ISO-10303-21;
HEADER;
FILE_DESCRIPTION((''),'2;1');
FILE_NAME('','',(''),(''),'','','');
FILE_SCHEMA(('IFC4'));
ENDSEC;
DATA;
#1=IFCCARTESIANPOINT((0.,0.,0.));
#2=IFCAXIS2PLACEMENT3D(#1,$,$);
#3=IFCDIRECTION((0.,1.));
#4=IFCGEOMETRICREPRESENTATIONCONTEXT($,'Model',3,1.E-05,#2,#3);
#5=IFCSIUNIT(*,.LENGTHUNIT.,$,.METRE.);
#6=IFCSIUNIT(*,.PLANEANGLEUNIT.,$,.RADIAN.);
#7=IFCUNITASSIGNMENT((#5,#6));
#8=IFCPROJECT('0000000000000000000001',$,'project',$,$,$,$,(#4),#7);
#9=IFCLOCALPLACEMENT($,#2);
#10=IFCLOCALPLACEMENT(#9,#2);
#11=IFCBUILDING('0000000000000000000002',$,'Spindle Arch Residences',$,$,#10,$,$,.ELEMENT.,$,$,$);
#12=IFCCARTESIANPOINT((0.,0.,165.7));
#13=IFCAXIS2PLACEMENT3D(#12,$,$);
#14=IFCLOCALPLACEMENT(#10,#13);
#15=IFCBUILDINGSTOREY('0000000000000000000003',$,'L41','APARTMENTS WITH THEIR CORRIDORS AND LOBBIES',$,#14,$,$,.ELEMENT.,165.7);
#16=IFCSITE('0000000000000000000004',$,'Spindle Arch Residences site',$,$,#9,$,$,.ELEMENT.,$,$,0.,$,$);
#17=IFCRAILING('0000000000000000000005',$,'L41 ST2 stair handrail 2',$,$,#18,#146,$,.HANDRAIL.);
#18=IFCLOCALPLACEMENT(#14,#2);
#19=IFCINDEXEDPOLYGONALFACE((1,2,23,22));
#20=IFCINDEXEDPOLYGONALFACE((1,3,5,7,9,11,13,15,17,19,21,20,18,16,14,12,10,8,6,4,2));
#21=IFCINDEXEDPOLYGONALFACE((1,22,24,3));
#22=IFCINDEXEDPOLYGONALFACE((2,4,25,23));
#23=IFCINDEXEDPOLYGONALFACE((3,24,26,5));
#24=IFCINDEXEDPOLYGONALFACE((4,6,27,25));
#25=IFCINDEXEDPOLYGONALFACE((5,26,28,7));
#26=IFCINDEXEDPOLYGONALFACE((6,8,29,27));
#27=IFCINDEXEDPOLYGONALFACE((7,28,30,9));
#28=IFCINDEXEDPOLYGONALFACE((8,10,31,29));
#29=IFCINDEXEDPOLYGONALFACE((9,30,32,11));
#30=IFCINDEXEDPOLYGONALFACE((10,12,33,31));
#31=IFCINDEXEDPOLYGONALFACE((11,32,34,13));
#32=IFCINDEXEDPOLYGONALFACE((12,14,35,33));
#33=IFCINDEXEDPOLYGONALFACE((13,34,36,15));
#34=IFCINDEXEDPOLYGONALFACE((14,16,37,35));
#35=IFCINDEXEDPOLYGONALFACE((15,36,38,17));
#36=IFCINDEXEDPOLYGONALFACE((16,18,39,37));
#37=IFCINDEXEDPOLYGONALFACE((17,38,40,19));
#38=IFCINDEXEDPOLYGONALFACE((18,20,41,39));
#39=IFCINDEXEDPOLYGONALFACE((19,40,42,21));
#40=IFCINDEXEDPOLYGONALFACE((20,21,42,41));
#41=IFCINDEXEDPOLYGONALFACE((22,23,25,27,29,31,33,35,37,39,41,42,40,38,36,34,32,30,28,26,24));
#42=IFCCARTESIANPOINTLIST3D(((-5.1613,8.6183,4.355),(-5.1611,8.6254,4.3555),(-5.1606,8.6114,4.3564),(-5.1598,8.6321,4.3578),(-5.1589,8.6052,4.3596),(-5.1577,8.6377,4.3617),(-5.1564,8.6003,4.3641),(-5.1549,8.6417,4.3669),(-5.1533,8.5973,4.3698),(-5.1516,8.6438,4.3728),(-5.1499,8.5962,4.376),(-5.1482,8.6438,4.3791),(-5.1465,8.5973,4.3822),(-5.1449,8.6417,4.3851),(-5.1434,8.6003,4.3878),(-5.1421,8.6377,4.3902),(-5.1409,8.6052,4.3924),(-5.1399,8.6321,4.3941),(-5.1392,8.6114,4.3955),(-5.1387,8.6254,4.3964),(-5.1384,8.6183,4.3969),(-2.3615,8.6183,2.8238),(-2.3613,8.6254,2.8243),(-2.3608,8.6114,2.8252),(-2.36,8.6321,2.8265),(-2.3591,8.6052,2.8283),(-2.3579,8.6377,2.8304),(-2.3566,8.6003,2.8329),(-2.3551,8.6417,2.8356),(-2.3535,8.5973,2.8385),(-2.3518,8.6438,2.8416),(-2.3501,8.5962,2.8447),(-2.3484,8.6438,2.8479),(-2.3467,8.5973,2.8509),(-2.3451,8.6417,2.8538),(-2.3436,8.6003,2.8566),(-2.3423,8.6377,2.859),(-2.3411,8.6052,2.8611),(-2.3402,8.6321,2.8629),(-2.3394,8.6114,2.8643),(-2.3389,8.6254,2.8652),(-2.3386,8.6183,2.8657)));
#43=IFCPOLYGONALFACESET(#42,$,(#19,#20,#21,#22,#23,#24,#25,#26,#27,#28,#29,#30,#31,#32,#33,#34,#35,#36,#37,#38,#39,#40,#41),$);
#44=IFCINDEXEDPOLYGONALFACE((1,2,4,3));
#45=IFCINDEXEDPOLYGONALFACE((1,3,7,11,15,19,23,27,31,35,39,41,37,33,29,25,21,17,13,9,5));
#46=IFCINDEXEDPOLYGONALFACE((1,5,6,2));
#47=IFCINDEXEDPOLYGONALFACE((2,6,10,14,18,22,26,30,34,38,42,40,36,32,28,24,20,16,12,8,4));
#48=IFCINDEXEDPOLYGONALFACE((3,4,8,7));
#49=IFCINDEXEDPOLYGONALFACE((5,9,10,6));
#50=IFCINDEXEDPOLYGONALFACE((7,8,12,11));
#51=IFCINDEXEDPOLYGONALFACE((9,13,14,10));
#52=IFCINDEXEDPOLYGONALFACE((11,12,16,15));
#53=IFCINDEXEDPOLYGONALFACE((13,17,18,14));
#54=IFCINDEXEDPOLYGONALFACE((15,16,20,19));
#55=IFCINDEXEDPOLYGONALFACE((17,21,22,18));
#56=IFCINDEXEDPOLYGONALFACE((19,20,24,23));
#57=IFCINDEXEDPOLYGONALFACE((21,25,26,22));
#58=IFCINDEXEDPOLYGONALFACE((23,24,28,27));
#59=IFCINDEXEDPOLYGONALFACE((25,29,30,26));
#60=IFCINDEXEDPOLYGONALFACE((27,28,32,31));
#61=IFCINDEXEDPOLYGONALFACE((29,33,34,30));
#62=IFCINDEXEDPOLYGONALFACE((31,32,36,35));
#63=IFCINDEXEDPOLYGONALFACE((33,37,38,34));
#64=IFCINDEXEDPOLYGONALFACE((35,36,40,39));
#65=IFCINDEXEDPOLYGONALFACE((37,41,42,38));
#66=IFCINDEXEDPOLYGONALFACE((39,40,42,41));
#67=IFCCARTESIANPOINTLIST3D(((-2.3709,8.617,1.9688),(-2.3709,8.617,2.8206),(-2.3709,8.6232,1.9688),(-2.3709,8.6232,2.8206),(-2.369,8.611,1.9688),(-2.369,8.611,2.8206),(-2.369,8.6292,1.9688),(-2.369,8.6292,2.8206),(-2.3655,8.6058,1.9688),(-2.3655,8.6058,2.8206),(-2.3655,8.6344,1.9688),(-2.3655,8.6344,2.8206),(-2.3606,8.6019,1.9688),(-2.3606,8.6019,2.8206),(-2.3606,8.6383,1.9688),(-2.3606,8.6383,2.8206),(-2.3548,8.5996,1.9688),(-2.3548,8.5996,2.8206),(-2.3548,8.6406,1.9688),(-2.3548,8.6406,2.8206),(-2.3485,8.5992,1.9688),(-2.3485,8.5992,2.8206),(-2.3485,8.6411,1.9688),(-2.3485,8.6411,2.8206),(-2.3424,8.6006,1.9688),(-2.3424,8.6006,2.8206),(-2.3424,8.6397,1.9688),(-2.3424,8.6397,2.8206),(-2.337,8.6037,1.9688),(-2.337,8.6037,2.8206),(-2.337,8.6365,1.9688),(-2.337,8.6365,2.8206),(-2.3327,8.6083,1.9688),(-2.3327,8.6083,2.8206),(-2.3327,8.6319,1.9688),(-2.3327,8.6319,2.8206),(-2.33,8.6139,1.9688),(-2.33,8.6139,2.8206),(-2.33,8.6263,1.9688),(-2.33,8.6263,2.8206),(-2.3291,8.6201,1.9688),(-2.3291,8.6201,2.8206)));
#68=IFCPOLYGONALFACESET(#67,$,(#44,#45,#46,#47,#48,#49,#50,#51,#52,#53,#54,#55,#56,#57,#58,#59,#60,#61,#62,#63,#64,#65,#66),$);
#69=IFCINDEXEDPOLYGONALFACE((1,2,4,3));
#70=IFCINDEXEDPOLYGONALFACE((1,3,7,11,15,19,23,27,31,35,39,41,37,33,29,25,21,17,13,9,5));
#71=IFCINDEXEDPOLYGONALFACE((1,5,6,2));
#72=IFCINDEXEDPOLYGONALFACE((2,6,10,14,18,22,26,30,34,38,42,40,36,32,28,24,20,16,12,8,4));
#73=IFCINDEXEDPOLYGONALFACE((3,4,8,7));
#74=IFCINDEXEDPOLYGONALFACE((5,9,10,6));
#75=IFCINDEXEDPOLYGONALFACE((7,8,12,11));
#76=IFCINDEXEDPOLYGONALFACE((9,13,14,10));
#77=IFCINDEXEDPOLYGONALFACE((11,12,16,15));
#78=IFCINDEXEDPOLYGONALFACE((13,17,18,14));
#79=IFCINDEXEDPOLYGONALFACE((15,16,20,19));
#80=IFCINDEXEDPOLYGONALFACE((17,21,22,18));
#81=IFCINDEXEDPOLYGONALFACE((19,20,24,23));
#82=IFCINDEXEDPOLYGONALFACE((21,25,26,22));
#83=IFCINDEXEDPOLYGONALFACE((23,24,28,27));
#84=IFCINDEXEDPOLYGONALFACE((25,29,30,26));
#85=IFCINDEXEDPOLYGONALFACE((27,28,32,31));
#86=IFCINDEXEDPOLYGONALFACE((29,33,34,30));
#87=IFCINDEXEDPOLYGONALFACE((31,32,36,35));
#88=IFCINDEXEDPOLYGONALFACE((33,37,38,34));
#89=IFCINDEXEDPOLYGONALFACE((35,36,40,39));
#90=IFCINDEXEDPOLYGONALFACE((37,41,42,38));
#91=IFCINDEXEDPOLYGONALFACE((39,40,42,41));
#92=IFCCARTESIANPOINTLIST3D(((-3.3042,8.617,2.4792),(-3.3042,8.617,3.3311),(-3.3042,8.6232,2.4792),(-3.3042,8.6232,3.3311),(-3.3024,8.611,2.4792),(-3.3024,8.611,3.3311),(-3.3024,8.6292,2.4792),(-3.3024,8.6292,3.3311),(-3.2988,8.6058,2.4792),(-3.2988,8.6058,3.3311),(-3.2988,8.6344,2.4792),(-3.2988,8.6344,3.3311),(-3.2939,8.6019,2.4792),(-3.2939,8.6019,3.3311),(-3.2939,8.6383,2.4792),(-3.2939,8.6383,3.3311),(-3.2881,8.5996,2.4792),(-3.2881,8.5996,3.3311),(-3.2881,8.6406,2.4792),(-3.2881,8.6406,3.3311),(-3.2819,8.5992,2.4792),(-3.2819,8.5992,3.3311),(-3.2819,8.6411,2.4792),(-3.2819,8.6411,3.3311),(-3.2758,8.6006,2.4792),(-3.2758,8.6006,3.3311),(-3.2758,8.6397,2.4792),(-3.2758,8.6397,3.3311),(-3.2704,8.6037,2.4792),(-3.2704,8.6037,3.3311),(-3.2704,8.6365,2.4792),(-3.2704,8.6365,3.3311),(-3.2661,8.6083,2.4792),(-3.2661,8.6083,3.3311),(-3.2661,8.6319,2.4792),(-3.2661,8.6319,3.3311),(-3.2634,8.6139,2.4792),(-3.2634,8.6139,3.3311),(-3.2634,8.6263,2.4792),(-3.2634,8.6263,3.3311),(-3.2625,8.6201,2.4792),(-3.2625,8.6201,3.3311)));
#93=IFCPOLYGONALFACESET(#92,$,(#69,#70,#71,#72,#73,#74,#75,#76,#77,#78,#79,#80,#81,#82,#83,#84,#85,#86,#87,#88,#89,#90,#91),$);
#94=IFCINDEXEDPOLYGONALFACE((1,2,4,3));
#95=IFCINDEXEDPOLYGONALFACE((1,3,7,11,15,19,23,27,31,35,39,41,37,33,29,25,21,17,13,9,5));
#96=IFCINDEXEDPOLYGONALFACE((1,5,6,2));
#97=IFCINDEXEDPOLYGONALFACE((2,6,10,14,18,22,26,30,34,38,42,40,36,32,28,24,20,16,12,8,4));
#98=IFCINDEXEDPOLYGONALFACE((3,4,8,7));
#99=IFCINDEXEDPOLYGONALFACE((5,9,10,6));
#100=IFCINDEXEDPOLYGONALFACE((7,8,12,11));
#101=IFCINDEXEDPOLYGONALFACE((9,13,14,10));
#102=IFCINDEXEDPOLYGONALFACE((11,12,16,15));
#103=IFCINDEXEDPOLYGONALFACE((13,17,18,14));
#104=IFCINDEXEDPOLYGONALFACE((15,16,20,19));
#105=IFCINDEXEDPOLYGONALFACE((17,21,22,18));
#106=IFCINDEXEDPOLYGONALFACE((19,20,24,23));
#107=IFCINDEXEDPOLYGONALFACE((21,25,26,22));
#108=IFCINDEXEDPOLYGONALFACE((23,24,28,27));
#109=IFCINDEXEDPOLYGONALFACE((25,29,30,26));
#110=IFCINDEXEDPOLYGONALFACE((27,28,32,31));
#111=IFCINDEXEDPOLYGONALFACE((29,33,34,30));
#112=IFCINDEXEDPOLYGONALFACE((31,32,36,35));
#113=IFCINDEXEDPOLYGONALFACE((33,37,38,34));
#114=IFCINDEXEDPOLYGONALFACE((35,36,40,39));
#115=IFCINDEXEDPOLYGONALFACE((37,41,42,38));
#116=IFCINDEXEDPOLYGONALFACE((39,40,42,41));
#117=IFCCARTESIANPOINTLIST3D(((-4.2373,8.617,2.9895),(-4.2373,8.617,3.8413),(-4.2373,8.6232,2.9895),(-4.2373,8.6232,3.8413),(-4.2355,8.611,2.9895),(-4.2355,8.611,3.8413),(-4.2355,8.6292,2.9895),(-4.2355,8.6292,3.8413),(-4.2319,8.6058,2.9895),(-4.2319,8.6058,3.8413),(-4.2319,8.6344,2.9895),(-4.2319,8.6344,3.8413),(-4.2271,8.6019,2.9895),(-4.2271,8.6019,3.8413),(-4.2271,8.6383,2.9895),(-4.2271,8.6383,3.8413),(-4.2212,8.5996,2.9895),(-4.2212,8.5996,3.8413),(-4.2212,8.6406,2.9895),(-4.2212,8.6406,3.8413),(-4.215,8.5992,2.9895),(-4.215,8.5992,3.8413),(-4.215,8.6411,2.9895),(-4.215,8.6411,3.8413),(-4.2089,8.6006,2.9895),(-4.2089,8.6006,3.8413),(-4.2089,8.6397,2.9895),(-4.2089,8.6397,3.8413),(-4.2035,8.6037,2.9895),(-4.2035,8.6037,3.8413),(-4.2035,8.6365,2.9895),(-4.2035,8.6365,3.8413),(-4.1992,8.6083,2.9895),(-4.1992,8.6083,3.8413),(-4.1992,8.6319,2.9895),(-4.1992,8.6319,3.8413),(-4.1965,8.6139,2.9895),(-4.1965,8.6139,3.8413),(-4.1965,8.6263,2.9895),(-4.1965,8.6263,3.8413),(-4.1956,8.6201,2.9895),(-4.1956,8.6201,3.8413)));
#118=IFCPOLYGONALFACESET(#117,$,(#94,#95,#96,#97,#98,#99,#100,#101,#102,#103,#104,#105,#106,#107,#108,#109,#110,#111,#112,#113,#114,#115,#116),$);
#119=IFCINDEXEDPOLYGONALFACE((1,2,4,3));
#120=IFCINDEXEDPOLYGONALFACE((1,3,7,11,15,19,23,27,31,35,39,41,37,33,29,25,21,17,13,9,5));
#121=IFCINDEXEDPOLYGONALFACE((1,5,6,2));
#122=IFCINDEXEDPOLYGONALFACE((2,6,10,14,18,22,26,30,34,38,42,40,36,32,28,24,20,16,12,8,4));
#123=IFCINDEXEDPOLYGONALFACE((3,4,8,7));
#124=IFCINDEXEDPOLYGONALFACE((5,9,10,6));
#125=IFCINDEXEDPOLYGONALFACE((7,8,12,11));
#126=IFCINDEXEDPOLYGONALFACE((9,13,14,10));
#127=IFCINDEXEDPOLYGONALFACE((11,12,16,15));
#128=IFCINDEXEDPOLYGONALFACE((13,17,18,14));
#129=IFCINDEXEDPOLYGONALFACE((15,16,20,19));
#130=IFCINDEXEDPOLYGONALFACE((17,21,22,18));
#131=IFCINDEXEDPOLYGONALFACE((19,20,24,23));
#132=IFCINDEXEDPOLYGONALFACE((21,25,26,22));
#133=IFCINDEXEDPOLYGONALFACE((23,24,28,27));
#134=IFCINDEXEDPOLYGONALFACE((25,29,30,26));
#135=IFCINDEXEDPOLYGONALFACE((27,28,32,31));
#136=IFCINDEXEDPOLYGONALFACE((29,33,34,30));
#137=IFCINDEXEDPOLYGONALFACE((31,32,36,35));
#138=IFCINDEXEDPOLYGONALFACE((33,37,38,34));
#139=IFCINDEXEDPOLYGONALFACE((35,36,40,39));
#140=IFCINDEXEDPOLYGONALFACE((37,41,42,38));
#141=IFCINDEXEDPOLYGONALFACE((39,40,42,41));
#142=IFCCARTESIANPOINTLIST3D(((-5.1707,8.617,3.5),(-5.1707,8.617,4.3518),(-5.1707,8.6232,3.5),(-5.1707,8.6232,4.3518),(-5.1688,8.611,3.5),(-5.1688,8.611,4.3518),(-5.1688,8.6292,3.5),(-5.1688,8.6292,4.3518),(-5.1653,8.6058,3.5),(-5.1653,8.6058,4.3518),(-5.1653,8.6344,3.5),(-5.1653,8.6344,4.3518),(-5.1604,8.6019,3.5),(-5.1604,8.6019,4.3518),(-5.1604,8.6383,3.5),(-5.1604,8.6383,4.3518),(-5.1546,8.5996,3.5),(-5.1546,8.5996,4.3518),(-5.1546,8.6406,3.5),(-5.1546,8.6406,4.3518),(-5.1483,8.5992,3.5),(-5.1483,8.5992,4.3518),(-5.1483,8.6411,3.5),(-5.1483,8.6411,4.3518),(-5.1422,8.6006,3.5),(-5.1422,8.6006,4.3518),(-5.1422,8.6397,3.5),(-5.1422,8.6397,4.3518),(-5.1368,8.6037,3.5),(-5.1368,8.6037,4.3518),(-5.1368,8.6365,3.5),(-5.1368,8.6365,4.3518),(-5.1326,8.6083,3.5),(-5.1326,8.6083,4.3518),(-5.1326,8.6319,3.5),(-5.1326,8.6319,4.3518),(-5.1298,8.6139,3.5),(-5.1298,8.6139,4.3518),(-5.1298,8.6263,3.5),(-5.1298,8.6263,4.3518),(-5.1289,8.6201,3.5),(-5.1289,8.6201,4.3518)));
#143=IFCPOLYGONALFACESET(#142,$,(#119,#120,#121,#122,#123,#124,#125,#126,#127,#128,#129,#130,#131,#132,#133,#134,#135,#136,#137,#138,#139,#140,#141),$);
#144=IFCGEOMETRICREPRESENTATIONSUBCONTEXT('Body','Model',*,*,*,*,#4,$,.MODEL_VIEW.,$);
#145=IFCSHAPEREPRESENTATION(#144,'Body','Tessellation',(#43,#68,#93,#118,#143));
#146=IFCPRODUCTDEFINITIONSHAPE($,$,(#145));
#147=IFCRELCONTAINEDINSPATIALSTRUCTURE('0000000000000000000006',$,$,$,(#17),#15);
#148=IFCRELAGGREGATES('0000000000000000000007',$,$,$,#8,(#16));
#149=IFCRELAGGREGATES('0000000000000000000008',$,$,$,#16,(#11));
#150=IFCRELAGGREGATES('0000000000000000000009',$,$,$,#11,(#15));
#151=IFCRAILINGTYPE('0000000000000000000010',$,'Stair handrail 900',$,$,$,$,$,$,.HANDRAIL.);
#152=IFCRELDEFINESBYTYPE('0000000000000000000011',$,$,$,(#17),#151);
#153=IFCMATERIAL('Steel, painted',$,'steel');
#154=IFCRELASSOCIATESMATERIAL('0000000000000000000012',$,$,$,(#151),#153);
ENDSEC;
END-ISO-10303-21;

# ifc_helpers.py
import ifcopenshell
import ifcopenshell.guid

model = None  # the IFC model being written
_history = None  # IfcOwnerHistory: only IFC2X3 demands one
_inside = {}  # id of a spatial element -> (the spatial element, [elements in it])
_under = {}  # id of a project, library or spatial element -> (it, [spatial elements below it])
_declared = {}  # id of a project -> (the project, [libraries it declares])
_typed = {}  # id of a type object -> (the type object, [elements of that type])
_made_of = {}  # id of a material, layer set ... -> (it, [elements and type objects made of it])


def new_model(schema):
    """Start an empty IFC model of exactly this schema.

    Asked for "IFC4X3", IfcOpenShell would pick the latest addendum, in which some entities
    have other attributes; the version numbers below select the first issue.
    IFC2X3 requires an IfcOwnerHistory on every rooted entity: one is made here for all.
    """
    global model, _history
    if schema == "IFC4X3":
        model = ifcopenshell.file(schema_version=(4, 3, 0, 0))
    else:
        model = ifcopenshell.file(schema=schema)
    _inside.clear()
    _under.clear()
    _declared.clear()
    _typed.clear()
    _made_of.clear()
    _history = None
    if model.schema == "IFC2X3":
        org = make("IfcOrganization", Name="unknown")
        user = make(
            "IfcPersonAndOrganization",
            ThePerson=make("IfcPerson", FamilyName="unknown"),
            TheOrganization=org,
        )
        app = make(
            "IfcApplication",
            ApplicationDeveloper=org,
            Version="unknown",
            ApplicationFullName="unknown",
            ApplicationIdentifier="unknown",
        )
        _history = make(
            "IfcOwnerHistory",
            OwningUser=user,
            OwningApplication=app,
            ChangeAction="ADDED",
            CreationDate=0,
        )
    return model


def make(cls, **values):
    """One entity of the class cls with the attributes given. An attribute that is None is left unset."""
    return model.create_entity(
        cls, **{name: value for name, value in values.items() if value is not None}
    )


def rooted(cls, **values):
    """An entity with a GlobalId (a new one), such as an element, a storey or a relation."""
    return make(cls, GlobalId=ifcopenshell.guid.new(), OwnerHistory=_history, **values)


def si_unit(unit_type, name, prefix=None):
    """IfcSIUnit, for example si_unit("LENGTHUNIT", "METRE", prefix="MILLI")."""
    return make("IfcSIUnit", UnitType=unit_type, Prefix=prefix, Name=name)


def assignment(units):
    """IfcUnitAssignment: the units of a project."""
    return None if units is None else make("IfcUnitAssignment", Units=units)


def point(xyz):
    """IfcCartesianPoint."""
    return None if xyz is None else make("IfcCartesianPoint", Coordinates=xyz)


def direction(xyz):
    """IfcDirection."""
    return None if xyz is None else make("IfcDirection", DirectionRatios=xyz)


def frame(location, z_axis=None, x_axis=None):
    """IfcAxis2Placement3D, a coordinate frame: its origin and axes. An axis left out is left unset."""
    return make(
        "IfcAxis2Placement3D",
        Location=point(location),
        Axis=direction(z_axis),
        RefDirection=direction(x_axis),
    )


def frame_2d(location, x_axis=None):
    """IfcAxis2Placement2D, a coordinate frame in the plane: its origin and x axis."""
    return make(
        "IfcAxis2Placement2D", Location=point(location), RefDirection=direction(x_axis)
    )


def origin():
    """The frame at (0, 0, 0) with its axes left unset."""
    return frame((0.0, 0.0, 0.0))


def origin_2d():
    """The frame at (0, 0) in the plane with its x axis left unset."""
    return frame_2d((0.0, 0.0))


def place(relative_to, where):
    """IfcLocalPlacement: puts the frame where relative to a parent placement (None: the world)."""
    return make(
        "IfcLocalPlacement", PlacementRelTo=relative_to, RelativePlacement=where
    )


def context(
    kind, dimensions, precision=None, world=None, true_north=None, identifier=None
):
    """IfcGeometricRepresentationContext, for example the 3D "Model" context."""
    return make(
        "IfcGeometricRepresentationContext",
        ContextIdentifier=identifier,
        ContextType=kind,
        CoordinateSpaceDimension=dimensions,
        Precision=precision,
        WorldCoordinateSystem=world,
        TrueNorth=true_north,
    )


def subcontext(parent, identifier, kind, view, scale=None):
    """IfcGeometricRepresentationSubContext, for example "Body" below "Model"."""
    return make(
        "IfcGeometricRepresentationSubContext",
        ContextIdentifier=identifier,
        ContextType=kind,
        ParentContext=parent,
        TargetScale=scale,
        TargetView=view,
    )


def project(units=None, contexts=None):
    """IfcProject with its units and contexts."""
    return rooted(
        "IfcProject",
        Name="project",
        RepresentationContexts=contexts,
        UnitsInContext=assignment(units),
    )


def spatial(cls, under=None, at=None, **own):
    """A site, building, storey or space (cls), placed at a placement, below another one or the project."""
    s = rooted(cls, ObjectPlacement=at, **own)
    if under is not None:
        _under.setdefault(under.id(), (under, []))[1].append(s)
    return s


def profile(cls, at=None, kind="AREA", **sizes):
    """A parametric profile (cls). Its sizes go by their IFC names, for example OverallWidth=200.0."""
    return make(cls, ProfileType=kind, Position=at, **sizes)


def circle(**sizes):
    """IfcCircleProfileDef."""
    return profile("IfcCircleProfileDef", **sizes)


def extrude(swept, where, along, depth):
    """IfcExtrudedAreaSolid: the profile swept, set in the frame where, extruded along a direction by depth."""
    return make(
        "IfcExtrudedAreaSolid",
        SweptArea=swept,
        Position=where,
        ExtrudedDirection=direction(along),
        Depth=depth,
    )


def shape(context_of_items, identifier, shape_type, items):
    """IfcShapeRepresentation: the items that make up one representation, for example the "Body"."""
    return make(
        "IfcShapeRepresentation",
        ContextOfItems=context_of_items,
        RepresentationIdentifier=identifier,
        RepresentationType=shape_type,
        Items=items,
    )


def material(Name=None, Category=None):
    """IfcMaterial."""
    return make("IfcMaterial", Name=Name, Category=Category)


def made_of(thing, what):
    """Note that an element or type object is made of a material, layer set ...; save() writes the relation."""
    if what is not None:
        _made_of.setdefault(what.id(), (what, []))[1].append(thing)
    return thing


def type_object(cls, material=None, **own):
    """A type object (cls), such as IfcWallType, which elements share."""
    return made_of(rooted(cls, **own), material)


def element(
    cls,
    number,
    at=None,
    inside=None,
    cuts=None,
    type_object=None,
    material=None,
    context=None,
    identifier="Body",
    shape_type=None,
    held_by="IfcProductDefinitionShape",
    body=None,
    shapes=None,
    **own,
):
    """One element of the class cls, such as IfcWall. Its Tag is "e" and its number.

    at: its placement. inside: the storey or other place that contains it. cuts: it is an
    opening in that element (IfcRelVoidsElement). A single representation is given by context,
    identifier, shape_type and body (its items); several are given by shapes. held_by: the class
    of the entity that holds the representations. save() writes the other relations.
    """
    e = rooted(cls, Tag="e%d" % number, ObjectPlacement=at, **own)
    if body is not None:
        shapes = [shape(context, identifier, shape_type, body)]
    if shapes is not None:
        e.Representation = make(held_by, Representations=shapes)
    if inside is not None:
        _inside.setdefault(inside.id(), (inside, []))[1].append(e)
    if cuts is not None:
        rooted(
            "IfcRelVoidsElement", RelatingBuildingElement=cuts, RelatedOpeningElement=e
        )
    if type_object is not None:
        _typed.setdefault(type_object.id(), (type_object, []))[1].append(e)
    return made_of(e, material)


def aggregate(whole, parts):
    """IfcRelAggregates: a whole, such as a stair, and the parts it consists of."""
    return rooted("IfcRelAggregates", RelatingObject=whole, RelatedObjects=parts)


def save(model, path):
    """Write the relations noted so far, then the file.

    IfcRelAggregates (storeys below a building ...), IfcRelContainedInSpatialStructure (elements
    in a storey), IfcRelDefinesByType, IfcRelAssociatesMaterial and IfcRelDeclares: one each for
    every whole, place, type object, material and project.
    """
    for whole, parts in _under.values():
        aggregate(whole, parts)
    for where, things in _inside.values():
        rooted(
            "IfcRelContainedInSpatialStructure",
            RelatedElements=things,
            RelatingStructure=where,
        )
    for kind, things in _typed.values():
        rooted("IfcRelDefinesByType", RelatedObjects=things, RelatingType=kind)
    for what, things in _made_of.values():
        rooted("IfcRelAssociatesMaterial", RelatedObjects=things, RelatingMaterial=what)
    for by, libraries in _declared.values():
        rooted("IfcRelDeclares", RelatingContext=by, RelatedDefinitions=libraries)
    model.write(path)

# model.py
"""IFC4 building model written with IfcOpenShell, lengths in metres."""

from ifc_helpers import new_model, si_unit, direction, frame, origin, origin_2d, place, context, subcontext, project, spatial, circle, extrude, material, type_object, element, save


model = new_model("IFC4")

# Units and contexts
model_context = context("Model", 3, precision=1e-05, world=origin(), true_north=direction((0.0, 1.0)))
body_context = subcontext(model_context, "Body", "Model", "MODEL_VIEW")
ifc_project = project(units=[si_unit("LENGTHUNIT", "METRE"), si_unit("PLANEANGLEUNIT", "RADIAN")], contexts=[model_context])

# Site, building, storey
site_placement = place(None, origin())
site = spatial("IfcSite", under=ifc_project, at=site_placement, Name="Spindle Arch Residences site", CompositionType="ELEMENT", RefElevation=0.0)
building_placement = place(site_placement, origin())
building = spatial("IfcBuilding", under=site, at=building_placement, Name="Spindle Arch Residences", CompositionType="ELEMENT")
storey_placement = place(building_placement, frame((0.0, 0.0, 165.7)))
storey = spatial("IfcBuildingStorey", under=building, at=storey_placement, Name="L41", Description="APARTMENTS WITH THEIR CORRIDORS AND LOBBIES", CompositionType="ELEMENT", Elevation=165.7)

# Railing
ifc_material_1 = material(Name="Steel, painted", Category="steel")
railing_type_1 = type_object("IfcRailingType", Name="Stair handrail 900", PredefinedType="HANDRAIL", material=ifc_material_1)
railing_1_placement = place(storey_placement, frame((-2.3501, 8.6201, 1.9688)))
element("IfcRailing", 1, at=railing_1_placement, inside=storey, type_object=railing_type_1, Name="L41 ST2 stair handrail 2", PredefinedType="HANDRAIL", context=body_context, shape_type="SweptSolid", body=[
    extrude(circle(Radius=0.0239, at=origin_2d()), frame((0.0, 0.0, 0.876), z_axis=(-0.877357, 0.0, 0.479838), x_axis=(0.0, -1.0, 0.0)), (0.0, 0.0, 1.0), 3.1912),
    extrude(circle(Radius=0.021, at=origin_2d()), origin(), (0.0, 0.0, 1.0), 0.8518),
    extrude(circle(Radius=0.021, at=origin_2d()), frame((-0.9333, 0.0, 0.5105)), (0.0, 0.0, 1.0), 0.8518),
    extrude(circle(Radius=0.021, at=origin_2d()), frame((-1.8665, 0.0, 1.0208)), (0.0, 0.0, 1.0), 0.8518),
    extrude(circle(Radius=0.021, at=origin_2d()), frame((-2.7998, 0.0, 1.5312)), (0.0, 0.0, 1.0), 0.8518),
])

save(model, "model.ifc")
